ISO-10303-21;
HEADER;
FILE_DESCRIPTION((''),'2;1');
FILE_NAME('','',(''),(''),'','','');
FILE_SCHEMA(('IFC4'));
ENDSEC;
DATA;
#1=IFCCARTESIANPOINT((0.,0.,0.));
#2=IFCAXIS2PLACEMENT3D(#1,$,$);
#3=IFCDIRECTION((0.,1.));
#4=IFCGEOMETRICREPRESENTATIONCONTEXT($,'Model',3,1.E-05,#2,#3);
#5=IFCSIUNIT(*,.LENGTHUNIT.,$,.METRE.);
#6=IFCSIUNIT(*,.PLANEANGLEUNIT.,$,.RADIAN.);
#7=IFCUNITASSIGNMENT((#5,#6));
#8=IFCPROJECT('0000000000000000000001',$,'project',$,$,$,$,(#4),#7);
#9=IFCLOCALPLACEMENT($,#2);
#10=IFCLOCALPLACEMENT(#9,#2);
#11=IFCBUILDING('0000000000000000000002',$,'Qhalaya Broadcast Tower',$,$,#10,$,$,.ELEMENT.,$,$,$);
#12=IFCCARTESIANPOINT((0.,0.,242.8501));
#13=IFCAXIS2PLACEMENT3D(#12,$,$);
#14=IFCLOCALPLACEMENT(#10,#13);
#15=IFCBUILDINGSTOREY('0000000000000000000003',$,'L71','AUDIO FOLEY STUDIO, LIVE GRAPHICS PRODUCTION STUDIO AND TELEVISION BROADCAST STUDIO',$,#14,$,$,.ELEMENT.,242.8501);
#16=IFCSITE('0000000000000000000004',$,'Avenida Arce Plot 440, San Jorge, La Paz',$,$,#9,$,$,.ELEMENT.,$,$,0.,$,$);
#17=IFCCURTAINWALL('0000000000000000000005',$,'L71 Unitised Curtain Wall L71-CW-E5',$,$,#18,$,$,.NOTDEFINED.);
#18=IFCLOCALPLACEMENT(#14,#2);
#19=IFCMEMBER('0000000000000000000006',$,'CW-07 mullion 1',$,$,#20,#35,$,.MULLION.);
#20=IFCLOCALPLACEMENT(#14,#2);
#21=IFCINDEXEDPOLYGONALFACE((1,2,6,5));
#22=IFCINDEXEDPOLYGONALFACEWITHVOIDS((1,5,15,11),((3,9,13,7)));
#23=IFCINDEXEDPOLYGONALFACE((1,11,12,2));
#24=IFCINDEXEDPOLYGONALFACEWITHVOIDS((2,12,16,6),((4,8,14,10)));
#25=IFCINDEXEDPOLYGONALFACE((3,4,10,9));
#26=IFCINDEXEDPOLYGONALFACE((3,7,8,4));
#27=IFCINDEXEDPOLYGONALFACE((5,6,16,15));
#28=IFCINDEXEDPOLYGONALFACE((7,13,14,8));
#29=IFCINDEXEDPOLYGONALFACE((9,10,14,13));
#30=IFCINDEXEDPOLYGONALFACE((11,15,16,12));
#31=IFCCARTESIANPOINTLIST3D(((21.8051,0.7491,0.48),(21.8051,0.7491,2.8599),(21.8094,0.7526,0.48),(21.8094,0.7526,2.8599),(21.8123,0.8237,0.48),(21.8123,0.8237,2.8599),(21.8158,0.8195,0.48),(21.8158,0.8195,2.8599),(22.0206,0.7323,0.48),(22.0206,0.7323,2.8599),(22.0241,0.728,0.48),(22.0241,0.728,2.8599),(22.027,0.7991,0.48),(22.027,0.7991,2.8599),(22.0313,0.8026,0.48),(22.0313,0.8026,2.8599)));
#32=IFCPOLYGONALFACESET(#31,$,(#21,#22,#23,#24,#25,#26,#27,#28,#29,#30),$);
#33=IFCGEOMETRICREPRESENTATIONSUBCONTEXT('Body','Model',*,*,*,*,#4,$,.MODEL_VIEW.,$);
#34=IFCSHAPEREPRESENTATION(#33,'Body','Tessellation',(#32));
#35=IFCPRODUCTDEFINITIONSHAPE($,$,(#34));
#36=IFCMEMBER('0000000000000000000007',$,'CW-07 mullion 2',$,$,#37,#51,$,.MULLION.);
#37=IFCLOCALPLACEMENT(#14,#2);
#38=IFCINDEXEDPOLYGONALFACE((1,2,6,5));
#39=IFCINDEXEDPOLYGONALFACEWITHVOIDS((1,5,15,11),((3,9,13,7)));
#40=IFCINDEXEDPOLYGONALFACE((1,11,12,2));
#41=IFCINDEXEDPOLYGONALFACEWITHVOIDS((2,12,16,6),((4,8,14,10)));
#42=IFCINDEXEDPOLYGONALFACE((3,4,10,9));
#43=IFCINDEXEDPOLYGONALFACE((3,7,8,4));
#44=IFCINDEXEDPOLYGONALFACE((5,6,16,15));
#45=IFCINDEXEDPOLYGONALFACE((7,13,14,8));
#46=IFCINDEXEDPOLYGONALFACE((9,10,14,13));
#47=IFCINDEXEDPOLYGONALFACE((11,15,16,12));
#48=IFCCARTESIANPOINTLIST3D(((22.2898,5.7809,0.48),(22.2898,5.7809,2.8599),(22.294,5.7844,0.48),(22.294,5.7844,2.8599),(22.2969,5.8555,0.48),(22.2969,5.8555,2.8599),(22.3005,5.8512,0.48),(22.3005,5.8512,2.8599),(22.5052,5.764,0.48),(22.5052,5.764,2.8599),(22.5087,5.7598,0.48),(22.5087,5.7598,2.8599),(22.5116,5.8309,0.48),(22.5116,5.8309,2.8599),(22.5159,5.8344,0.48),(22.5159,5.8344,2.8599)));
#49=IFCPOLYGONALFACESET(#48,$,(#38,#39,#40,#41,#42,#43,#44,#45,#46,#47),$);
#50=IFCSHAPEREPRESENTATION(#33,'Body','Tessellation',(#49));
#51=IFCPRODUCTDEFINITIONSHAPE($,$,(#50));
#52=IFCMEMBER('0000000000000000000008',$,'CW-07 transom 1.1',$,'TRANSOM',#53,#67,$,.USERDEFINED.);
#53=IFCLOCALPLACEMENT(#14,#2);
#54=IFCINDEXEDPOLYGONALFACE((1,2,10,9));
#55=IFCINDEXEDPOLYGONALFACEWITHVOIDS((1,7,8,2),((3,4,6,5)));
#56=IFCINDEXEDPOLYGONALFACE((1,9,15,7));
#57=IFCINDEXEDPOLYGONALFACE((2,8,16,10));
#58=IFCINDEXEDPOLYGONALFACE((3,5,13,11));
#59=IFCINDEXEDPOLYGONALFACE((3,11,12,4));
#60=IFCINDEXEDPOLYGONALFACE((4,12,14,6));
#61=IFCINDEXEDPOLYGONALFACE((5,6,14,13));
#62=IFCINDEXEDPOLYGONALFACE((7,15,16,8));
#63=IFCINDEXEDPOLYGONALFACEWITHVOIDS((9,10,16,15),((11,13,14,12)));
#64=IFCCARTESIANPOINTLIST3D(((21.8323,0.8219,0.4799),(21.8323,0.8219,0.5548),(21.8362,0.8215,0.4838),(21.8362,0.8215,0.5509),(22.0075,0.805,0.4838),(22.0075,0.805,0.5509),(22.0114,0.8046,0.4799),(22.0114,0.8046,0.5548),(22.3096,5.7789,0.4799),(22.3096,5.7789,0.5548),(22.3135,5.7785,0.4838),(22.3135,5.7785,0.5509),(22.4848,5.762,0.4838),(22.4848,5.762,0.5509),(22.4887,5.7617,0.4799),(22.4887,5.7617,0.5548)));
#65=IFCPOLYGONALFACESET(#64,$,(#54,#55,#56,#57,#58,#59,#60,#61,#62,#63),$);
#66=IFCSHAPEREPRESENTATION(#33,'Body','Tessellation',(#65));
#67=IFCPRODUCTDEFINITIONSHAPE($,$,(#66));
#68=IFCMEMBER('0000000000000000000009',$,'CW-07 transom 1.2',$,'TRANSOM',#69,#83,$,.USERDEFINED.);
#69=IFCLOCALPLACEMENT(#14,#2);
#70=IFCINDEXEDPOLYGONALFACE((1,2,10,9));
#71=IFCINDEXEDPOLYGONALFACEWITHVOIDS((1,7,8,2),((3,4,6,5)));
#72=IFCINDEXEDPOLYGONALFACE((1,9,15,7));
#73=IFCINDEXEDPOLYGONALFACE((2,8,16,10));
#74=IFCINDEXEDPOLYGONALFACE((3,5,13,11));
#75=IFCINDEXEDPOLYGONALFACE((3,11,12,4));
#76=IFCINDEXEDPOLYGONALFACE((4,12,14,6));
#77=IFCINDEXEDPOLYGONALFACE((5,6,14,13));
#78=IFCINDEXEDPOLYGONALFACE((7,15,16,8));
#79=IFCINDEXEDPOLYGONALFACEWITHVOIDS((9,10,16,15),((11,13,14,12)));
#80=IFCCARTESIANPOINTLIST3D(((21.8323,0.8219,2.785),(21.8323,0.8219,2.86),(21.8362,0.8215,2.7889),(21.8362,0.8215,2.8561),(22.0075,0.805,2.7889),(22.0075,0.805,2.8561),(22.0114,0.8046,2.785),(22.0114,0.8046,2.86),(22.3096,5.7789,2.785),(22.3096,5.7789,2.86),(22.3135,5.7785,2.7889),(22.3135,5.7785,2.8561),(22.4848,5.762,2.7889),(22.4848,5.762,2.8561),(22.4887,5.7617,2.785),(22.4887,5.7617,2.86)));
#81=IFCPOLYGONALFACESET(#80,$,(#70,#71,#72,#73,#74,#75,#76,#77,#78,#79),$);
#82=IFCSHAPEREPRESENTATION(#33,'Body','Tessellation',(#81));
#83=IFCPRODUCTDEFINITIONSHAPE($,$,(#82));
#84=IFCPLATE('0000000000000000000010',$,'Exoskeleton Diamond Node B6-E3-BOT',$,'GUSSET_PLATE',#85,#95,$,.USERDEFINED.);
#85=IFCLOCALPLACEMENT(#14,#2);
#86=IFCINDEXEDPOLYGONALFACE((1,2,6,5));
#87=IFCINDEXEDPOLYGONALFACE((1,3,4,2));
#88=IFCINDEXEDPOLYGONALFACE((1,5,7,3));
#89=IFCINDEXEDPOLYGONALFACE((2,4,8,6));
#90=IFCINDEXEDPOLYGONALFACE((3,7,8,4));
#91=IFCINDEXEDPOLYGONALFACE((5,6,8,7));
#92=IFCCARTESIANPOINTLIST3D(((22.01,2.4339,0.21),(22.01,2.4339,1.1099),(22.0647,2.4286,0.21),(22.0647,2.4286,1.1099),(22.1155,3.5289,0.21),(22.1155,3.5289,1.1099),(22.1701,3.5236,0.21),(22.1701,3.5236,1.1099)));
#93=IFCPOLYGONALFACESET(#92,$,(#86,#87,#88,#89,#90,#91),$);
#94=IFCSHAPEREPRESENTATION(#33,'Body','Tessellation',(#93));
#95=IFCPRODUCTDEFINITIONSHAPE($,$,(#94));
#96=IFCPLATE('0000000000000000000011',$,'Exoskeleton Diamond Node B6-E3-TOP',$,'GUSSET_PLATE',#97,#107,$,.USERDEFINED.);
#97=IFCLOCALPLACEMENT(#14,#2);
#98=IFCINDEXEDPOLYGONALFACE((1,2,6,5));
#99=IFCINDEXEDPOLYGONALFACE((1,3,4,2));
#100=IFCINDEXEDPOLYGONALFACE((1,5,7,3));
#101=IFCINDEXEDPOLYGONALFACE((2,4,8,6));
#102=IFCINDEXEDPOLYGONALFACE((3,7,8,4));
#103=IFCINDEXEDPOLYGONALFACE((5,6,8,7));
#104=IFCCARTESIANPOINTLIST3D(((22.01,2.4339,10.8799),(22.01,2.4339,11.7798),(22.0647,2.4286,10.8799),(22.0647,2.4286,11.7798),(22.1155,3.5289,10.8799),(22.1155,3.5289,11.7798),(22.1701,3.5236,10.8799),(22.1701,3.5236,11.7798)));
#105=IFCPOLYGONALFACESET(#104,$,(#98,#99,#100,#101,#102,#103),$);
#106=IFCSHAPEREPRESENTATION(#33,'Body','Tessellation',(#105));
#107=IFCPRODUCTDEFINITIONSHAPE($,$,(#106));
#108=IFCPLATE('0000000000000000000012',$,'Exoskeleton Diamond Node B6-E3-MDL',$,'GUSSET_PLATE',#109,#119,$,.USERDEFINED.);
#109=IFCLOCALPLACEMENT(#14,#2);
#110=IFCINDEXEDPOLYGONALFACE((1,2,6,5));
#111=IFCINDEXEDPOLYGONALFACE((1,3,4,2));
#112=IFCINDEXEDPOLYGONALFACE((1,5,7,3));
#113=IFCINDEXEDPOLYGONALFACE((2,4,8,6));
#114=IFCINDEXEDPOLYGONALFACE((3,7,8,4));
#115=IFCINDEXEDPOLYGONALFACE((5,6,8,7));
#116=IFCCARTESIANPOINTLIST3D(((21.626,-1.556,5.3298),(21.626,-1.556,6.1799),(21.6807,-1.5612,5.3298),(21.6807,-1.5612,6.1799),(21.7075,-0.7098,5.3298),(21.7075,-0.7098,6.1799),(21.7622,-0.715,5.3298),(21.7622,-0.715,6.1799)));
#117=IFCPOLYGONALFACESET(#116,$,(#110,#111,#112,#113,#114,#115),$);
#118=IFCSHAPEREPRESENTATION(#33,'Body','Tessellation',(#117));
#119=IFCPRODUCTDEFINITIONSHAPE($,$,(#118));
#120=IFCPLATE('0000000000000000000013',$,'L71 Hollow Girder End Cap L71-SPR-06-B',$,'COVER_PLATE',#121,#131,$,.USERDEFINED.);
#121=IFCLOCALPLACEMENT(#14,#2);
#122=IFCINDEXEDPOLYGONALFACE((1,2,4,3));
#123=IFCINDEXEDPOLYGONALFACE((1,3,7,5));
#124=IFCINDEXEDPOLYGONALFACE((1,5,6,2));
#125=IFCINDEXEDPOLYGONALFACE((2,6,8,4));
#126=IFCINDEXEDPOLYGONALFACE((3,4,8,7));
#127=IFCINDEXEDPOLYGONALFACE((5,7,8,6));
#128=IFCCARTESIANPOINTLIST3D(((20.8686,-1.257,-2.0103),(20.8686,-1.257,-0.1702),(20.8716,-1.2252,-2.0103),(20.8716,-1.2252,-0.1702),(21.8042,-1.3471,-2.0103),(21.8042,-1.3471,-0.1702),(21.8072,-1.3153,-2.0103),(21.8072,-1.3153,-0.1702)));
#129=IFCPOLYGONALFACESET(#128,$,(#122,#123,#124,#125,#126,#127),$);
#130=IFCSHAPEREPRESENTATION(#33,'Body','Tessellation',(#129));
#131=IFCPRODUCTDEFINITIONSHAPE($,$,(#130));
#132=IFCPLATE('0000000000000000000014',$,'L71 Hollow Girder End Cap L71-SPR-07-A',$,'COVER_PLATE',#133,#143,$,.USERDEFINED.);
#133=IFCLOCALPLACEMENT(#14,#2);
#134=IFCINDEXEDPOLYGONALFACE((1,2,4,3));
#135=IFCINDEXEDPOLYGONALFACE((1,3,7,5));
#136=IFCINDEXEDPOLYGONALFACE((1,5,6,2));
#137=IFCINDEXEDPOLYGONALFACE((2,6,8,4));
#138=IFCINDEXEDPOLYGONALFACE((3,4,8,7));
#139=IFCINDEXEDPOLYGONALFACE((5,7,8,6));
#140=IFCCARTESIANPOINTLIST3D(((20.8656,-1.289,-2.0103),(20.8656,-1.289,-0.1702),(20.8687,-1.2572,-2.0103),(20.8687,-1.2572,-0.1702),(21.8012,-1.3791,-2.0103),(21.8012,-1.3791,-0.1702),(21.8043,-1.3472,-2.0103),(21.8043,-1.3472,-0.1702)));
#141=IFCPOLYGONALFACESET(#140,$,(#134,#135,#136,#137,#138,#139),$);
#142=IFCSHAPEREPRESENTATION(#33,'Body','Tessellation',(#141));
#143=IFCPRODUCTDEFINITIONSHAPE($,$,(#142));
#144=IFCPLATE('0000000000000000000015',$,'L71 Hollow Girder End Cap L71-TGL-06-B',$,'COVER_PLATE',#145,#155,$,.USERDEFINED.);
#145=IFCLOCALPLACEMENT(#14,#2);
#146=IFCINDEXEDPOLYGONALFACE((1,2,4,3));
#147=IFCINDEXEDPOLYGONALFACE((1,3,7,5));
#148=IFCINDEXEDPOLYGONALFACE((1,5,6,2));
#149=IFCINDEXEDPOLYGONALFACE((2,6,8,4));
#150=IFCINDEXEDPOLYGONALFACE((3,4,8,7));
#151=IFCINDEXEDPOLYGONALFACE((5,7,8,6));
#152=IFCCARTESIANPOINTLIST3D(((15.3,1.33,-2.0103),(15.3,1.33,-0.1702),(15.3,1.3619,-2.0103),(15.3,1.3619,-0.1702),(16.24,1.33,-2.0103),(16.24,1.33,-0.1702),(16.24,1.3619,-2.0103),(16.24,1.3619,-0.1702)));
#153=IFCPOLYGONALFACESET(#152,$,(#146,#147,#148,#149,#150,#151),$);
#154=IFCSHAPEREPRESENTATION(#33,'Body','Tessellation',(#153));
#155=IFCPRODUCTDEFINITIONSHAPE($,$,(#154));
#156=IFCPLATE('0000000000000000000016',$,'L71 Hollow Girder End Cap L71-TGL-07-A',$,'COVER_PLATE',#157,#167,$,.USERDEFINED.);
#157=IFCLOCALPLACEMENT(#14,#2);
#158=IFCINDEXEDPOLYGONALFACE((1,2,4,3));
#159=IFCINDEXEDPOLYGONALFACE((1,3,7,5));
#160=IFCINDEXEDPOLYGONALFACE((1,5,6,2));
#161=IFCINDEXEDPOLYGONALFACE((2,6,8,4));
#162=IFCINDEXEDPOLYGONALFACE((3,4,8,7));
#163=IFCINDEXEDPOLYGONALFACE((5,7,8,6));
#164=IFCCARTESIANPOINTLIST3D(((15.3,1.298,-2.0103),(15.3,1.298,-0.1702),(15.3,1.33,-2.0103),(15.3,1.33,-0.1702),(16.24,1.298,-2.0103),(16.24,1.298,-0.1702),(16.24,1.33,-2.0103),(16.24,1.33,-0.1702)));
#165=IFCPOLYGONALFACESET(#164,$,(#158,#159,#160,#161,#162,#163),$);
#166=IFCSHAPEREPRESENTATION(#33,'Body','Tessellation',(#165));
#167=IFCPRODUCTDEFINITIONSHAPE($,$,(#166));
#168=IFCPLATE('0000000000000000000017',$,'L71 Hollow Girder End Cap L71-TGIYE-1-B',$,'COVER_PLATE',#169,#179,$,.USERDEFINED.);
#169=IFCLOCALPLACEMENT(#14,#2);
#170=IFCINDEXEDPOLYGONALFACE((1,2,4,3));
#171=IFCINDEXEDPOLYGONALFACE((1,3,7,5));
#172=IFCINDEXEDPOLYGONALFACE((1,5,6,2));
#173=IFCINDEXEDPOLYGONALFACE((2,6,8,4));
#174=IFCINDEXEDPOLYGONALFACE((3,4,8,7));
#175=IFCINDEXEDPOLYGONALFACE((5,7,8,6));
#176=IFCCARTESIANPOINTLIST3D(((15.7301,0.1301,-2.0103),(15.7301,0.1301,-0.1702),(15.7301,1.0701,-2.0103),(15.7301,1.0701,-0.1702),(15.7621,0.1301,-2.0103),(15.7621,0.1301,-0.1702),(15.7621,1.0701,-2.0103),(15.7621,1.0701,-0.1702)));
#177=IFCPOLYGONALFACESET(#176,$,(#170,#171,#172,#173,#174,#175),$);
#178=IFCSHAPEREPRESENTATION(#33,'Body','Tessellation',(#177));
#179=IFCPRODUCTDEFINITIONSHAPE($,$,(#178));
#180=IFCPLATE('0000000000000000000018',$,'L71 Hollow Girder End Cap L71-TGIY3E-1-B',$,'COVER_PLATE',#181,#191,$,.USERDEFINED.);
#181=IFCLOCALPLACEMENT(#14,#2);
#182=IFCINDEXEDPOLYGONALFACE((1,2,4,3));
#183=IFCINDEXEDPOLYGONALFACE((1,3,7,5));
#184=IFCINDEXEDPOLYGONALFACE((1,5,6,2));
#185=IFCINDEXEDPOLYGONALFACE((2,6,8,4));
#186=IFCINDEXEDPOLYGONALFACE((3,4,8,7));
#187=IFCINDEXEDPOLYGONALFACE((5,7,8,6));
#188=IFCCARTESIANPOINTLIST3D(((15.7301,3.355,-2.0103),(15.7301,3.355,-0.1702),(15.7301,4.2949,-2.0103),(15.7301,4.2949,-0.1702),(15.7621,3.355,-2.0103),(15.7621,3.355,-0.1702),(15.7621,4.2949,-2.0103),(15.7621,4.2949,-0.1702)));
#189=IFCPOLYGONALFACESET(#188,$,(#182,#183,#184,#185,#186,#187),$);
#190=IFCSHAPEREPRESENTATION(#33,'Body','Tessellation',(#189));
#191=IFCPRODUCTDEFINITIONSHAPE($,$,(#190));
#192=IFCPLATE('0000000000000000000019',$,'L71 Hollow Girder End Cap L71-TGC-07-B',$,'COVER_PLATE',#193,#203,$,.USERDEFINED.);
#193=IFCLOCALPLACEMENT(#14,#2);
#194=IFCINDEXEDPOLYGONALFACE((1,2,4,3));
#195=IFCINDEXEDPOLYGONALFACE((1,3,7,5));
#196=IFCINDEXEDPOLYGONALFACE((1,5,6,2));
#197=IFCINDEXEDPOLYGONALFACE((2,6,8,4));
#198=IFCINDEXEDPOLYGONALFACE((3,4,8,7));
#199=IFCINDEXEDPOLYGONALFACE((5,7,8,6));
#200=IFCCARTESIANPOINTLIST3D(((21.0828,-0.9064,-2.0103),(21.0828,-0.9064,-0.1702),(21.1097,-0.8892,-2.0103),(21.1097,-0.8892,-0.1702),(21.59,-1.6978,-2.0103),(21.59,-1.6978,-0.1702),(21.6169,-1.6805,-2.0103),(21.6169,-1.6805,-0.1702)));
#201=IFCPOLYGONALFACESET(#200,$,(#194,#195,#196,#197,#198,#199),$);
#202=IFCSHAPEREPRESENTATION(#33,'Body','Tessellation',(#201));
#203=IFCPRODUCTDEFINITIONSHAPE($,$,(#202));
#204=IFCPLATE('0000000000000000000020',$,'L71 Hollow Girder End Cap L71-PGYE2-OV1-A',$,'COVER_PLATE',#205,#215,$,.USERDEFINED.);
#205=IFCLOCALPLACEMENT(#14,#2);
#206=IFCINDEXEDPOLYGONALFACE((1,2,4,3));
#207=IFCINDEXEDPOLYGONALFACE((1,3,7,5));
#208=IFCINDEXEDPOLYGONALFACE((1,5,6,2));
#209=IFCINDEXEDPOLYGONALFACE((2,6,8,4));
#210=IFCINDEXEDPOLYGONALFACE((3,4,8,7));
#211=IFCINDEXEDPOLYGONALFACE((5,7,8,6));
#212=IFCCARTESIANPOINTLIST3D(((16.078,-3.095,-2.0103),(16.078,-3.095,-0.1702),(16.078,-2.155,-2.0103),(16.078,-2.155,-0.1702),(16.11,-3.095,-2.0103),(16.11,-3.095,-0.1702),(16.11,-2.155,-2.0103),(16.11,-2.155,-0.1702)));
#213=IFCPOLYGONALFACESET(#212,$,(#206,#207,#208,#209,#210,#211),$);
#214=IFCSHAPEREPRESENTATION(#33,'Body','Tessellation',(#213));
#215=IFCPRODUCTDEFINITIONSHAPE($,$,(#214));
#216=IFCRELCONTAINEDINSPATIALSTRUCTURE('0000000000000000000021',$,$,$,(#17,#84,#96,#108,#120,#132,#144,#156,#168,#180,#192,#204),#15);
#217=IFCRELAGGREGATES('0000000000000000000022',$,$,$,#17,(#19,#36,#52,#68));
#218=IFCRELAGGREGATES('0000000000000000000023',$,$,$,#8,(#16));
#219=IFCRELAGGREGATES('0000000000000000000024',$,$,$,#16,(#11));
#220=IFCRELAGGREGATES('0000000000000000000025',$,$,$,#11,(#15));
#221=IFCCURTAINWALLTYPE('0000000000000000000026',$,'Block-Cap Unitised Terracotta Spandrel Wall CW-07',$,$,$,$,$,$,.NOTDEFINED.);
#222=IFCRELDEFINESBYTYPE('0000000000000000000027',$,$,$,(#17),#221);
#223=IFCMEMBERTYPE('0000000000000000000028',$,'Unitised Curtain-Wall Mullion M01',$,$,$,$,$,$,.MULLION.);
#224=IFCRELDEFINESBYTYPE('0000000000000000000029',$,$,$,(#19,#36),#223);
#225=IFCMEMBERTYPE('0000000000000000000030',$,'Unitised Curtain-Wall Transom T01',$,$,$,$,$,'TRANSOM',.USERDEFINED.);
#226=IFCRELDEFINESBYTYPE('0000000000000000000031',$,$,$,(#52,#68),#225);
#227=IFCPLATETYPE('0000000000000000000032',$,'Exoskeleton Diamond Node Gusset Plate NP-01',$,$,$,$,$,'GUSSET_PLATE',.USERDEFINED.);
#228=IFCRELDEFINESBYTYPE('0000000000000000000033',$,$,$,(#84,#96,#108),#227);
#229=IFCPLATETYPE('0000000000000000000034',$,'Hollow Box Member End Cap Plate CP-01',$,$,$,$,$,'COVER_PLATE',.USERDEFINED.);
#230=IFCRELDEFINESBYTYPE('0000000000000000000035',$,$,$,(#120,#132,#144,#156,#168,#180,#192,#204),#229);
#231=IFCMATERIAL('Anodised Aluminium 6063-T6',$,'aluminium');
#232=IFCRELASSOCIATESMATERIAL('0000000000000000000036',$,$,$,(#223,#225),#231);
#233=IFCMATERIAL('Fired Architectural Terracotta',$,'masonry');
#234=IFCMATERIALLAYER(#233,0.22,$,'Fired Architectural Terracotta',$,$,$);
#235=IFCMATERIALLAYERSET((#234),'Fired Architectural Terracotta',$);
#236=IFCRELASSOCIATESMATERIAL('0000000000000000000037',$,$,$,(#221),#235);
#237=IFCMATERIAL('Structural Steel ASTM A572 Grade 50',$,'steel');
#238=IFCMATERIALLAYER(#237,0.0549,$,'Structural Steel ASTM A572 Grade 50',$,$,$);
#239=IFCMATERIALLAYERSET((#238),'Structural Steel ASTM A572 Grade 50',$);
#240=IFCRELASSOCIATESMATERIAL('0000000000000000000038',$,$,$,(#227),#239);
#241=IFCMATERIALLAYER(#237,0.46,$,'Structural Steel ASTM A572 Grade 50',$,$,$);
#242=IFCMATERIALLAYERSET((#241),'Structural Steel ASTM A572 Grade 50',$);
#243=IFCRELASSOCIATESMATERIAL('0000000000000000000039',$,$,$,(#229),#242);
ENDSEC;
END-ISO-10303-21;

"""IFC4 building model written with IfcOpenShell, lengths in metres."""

from ifc_helpers import new_model, si_unit, direction, frame, origin, origin_2d, place, context, subcontext, project, spatial, rectangle, hollow_rectangle, extrude, material, layer, layer_set, material_profile, profile_set, type_object, element, aggregate, save


model = new_model("IFC4")

# Units and contexts
model_context = context("Model", 3, precision=1e-05, world=origin(), true_north=direction((0.0, 1.0)))
body_context = subcontext(model_context, "Body", "Model", "MODEL_VIEW")
ifc_project = project(units=[si_unit("LENGTHUNIT", "METRE"), si_unit("PLANEANGLEUNIT", "RADIAN")], contexts=[model_context])

# Site, building, storey
site_placement = place(None, origin())
site = spatial("IfcSite", under=ifc_project, at=site_placement, Name="Avenida Arce Plot 440, San Jorge, La Paz", CompositionType="ELEMENT", RefElevation=0.0)
building_placement = place(site_placement, origin())
building = spatial("IfcBuilding", under=site, at=building_placement, Name="Qhalaya Broadcast Tower", CompositionType="ELEMENT")
storey_placement = place(building_placement, frame((0.0, 0.0, 242.8501)))
storey = spatial("IfcBuildingStorey", under=building, at=storey_placement, Name="L71", Description="AUDIO FOLEY STUDIO, LIVE GRAPHICS PRODUCTION STUDIO AND TELEVISION BROADCAST STUDIO", CompositionType="ELEMENT", Elevation=242.8501)

# Shared definitions
ifc_material_1 = material(Name="Structural Steel ASTM A572 Grade 50", Category="steel")

# Shared definitions
ifc_material_2 = material(Name="Anodised Aluminium 6063-T6", Category="aluminium")
ifc_material_profile_1 = material_profile(ifc_material_2, hollow_rectangle(XDim=0.075, YDim=0.22, WallThickness=0.0039, at=origin_2d()), Name="ALU-MUL 75x220x4")
ifc_profile_set_1 = profile_set([ifc_material_profile_1], Name="Anodised Aluminium 6063-T6")
member_type_1 = type_object("IfcMemberType", Name="Unitised Curtain-Wall Mullion M01", PredefinedType="MULLION", material=ifc_profile_set_1)

# Curtain wall, members
ifc_material_3 = material(Name="Fired Architectural Terracotta", Category="masonry")
ifc_layer_1 = layer(ifc_material_3, 0.22, Name="Fired Architectural Terracotta")
ifc_layer_set_1 = layer_set([ifc_layer_1], Name="Fired Architectural Terracotta")
curtain_wall_type_1 = type_object("IfcCurtainWallType", Name="Block-Cap Unitised Terracotta Spandrel Wall CW-07", PredefinedType="NOTDEFINED", material=ifc_layer_set_1)
curtain_wall_1_placement = place(storey_placement, origin())
curtain_wall_1 = element("IfcCurtainWall", 1, at=curtain_wall_1_placement, inside=storey, type_object=curtain_wall_type_1, Name="L71 Unitised Curtain Wall L71-CW-E5", PredefinedType="NOTDEFINED")
member_1_placement = place(storey_placement, frame((21.9182, 0.7759, 0.48), z_axis=(0.0, 0.0, 1.0), x_axis=(0.095848, 0.995396, 0.0)))
member_1 = element("IfcMember", 2, at=member_1_placement, type_object=member_type_1, Name="CW-07 mullion 1", PredefinedType="MULLION", context=body_context, shape_type="SweptSolid", body=[
    extrude(hollow_rectangle(XDim=0.075, YDim=0.22, WallThickness=0.0039, at=origin_2d()), origin(), (0.0, 0.0, 1.0), 2.3799),
])
member_2_placement = place(storey_placement, frame((22.4028, 5.8076, 0.48), z_axis=(0.0, 0.0, 1.0), x_axis=(0.095848, 0.995396, 0.0)))
member_2 = element("IfcMember", 3, at=member_2_placement, type_object=member_type_1, Name="CW-07 mullion 2", PredefinedType="MULLION", context=body_context, shape_type="SweptSolid", body=[
    extrude(hollow_rectangle(XDim=0.075, YDim=0.22, WallThickness=0.0039, at=origin_2d()), origin(), (0.0, 0.0, 1.0), 2.3799),
])
ifc_material_profile_2 = material_profile(ifc_material_2, hollow_rectangle(XDim=0.075, YDim=0.1799, WallThickness=0.0039, at=origin_2d()), Name="ALU-TRN 75x180x4")
ifc_profile_set_2 = profile_set([ifc_material_profile_2], Name="Anodised Aluminium 6063-T6")
member_type_2 = type_object("IfcMemberType", Name="Unitised Curtain-Wall Transom T01", ElementType="TRANSOM", PredefinedType="USERDEFINED", material=ifc_profile_set_2)
member_3_placement = place(storey_placement, frame((21.9219, 0.8132, 0.5173), z_axis=(0.095843, 0.995396, 0.0), x_axis=(0.0, 0.0, 1.0)))
member_3 = element("IfcMember", 4, at=member_3_placement, type_object=member_type_2, Name="CW-07 transom 1.1", ObjectType="TRANSOM", PredefinedType="USERDEFINED", context=body_context, shape_type="SweptSolid", body=[
    extrude(hollow_rectangle(XDim=0.075, YDim=0.1799, WallThickness=0.0039, at=origin_2d()), origin(), (0.0, 0.0, 1.0), 4.98),
])
member_4_placement = place(storey_placement, frame((21.9219, 0.8132, 2.8225), z_axis=(0.095843, 0.995396, 0.0), x_axis=(0.0, 0.0, 1.0)))
member_4 = element("IfcMember", 5, at=member_4_placement, type_object=member_type_2, Name="CW-07 transom 1.2", ObjectType="TRANSOM", PredefinedType="USERDEFINED", context=body_context, shape_type="SweptSolid", body=[
    extrude(hollow_rectangle(XDim=0.075, YDim=0.1799, WallThickness=0.0039, at=origin_2d()), origin(), (0.0, 0.0, 1.0), 4.98),
])

# Plates
ifc_layer_2 = layer(ifc_material_1, 0.0549, Name="Structural Steel ASTM A572 Grade 50")
ifc_layer_set_2 = layer_set([ifc_layer_2], Name="Structural Steel ASTM A572 Grade 50")
plate_type_1 = type_object("IfcPlateType", Name="Exoskeleton Diamond Node Gusset Plate NP-01", ElementType="GUSSET_PLATE", PredefinedType="USERDEFINED", material=ifc_layer_set_2)
for number, where, z_axis, x_axis, name in (
    (6, (22.0901, 2.9788, 0.21), (0.0, 0.0, 1.0), (0.095846, 0.995396, 0.0), "Exoskeleton Diamond Node B6-E3-BOT"),
    (7, (22.0901, 2.9788, 10.8799), (0.0, 0.0, 1.0), (0.095846, 0.995396, 0.0), "Exoskeleton Diamond Node B6-E3-TOP"),
):
    element("IfcPlate", number, at=place(storey_placement, frame(where, z_axis=z_axis, x_axis=x_axis)), inside=storey, type_object=plate_type_1, Name=name, ObjectType="GUSSET_PLATE", PredefinedType="USERDEFINED", context=body_context, shape_type="SweptSolid", body=[
        extrude(rectangle(XDim=1.1001, YDim=0.0549, at=origin_2d()), origin(), (0.0, 0.0, 1.0), 0.8999),
    ])
plate_1_placement = place(storey_placement, frame((21.6941, -1.1355, 5.3298), z_axis=(0.0, 0.0, 1.0), x_axis=(0.095846, 0.995396, 0.0)))
element("IfcPlate", 8, at=plate_1_placement, inside=storey, type_object=plate_type_1, Name="Exoskeleton Diamond Node B6-E3-MDL", ObjectType="GUSSET_PLATE", PredefinedType="USERDEFINED", context=body_context, shape_type="SweptSolid", body=[
    extrude(rectangle(XDim=0.8501, YDim=0.0549, at=origin_2d()), origin(), (0.0, 0.0, 1.0), 0.8501),
])
ifc_layer_3 = layer(ifc_material_1, 0.46, Name="Structural Steel ASTM A572 Grade 50")
ifc_layer_set_3 = layer_set([ifc_layer_3], Name="Structural Steel ASTM A572 Grade 50")
plate_type_2 = type_object("IfcPlateType", Name="Hollow Box Member End Cap Plate CP-01", ElementType="COVER_PLATE", PredefinedType="USERDEFINED", material=ifc_layer_set_3)
for number, where, z_axis, x_axis, name in (
    (9, (21.3379, -1.2861, -2.0103), (0.0, 0.0, 1.0), (-0.995396, 0.095846, 0.0), "L71 Hollow Girder End Cap L71-SPR-06-B"),
    (10, (21.335, -1.3181, -2.0103), (0.0, 0.0, 1.0), (-0.995396, 0.095846, 0.0), "L71 Hollow Girder End Cap L71-SPR-07-A"),
    (11, (15.77, 1.3459, -2.0103), (0.0, 0.0, 1.0), (-1.0, 0.0, 0.0), "L71 Hollow Girder End Cap L71-TGL-06-B"),
    (12, (15.77, 1.314, -2.0103), (0.0, 0.0, 1.0), (-1.0, 0.0, 0.0), "L71 Hollow Girder End Cap L71-TGL-07-A"),
    (13, (15.7461, 0.6001, -2.0103), (0.0, 0.0, 1.0), (0.0, 1.0, 0.0), "L71 Hollow Girder End Cap L71-TGIYE-1-B"),
    (14, (15.7461, 3.825, -2.0103), (0.0, 0.0, 1.0), (0.0, 1.0, 0.0), "L71 Hollow Girder End Cap L71-TGIY3E-1-B"),
    (15, (21.3499, -1.2935, -2.0103), (0.0, 0.0, 1.0), (-0.539638, 0.841897, 0.0), "L71 Hollow Girder End Cap L71-TGC-07-B"),
    (16, (16.094, -2.625, -2.0103), (0.0, 0.0, 1.0), (0.0, 1.0, 0.0), "L71 Hollow Girder End Cap L71-PGYE2-OV1-A"),
):
    element("IfcPlate", number, at=place(storey_placement, frame(where, z_axis=z_axis, x_axis=x_axis)), inside=storey, type_object=plate_type_2, Name=name, ObjectType="COVER_PLATE", PredefinedType="USERDEFINED", context=body_context, shape_type="SweptSolid", body=[
        extrude(rectangle(XDim=0.9399, YDim=0.032, at=origin_2d()), origin(), (0.0, 0.0, 1.0), 1.8401),
    ])

aggregate(curtain_wall_1, [member_1, member_2, member_3, member_4])

save(model, "model.ifc")
